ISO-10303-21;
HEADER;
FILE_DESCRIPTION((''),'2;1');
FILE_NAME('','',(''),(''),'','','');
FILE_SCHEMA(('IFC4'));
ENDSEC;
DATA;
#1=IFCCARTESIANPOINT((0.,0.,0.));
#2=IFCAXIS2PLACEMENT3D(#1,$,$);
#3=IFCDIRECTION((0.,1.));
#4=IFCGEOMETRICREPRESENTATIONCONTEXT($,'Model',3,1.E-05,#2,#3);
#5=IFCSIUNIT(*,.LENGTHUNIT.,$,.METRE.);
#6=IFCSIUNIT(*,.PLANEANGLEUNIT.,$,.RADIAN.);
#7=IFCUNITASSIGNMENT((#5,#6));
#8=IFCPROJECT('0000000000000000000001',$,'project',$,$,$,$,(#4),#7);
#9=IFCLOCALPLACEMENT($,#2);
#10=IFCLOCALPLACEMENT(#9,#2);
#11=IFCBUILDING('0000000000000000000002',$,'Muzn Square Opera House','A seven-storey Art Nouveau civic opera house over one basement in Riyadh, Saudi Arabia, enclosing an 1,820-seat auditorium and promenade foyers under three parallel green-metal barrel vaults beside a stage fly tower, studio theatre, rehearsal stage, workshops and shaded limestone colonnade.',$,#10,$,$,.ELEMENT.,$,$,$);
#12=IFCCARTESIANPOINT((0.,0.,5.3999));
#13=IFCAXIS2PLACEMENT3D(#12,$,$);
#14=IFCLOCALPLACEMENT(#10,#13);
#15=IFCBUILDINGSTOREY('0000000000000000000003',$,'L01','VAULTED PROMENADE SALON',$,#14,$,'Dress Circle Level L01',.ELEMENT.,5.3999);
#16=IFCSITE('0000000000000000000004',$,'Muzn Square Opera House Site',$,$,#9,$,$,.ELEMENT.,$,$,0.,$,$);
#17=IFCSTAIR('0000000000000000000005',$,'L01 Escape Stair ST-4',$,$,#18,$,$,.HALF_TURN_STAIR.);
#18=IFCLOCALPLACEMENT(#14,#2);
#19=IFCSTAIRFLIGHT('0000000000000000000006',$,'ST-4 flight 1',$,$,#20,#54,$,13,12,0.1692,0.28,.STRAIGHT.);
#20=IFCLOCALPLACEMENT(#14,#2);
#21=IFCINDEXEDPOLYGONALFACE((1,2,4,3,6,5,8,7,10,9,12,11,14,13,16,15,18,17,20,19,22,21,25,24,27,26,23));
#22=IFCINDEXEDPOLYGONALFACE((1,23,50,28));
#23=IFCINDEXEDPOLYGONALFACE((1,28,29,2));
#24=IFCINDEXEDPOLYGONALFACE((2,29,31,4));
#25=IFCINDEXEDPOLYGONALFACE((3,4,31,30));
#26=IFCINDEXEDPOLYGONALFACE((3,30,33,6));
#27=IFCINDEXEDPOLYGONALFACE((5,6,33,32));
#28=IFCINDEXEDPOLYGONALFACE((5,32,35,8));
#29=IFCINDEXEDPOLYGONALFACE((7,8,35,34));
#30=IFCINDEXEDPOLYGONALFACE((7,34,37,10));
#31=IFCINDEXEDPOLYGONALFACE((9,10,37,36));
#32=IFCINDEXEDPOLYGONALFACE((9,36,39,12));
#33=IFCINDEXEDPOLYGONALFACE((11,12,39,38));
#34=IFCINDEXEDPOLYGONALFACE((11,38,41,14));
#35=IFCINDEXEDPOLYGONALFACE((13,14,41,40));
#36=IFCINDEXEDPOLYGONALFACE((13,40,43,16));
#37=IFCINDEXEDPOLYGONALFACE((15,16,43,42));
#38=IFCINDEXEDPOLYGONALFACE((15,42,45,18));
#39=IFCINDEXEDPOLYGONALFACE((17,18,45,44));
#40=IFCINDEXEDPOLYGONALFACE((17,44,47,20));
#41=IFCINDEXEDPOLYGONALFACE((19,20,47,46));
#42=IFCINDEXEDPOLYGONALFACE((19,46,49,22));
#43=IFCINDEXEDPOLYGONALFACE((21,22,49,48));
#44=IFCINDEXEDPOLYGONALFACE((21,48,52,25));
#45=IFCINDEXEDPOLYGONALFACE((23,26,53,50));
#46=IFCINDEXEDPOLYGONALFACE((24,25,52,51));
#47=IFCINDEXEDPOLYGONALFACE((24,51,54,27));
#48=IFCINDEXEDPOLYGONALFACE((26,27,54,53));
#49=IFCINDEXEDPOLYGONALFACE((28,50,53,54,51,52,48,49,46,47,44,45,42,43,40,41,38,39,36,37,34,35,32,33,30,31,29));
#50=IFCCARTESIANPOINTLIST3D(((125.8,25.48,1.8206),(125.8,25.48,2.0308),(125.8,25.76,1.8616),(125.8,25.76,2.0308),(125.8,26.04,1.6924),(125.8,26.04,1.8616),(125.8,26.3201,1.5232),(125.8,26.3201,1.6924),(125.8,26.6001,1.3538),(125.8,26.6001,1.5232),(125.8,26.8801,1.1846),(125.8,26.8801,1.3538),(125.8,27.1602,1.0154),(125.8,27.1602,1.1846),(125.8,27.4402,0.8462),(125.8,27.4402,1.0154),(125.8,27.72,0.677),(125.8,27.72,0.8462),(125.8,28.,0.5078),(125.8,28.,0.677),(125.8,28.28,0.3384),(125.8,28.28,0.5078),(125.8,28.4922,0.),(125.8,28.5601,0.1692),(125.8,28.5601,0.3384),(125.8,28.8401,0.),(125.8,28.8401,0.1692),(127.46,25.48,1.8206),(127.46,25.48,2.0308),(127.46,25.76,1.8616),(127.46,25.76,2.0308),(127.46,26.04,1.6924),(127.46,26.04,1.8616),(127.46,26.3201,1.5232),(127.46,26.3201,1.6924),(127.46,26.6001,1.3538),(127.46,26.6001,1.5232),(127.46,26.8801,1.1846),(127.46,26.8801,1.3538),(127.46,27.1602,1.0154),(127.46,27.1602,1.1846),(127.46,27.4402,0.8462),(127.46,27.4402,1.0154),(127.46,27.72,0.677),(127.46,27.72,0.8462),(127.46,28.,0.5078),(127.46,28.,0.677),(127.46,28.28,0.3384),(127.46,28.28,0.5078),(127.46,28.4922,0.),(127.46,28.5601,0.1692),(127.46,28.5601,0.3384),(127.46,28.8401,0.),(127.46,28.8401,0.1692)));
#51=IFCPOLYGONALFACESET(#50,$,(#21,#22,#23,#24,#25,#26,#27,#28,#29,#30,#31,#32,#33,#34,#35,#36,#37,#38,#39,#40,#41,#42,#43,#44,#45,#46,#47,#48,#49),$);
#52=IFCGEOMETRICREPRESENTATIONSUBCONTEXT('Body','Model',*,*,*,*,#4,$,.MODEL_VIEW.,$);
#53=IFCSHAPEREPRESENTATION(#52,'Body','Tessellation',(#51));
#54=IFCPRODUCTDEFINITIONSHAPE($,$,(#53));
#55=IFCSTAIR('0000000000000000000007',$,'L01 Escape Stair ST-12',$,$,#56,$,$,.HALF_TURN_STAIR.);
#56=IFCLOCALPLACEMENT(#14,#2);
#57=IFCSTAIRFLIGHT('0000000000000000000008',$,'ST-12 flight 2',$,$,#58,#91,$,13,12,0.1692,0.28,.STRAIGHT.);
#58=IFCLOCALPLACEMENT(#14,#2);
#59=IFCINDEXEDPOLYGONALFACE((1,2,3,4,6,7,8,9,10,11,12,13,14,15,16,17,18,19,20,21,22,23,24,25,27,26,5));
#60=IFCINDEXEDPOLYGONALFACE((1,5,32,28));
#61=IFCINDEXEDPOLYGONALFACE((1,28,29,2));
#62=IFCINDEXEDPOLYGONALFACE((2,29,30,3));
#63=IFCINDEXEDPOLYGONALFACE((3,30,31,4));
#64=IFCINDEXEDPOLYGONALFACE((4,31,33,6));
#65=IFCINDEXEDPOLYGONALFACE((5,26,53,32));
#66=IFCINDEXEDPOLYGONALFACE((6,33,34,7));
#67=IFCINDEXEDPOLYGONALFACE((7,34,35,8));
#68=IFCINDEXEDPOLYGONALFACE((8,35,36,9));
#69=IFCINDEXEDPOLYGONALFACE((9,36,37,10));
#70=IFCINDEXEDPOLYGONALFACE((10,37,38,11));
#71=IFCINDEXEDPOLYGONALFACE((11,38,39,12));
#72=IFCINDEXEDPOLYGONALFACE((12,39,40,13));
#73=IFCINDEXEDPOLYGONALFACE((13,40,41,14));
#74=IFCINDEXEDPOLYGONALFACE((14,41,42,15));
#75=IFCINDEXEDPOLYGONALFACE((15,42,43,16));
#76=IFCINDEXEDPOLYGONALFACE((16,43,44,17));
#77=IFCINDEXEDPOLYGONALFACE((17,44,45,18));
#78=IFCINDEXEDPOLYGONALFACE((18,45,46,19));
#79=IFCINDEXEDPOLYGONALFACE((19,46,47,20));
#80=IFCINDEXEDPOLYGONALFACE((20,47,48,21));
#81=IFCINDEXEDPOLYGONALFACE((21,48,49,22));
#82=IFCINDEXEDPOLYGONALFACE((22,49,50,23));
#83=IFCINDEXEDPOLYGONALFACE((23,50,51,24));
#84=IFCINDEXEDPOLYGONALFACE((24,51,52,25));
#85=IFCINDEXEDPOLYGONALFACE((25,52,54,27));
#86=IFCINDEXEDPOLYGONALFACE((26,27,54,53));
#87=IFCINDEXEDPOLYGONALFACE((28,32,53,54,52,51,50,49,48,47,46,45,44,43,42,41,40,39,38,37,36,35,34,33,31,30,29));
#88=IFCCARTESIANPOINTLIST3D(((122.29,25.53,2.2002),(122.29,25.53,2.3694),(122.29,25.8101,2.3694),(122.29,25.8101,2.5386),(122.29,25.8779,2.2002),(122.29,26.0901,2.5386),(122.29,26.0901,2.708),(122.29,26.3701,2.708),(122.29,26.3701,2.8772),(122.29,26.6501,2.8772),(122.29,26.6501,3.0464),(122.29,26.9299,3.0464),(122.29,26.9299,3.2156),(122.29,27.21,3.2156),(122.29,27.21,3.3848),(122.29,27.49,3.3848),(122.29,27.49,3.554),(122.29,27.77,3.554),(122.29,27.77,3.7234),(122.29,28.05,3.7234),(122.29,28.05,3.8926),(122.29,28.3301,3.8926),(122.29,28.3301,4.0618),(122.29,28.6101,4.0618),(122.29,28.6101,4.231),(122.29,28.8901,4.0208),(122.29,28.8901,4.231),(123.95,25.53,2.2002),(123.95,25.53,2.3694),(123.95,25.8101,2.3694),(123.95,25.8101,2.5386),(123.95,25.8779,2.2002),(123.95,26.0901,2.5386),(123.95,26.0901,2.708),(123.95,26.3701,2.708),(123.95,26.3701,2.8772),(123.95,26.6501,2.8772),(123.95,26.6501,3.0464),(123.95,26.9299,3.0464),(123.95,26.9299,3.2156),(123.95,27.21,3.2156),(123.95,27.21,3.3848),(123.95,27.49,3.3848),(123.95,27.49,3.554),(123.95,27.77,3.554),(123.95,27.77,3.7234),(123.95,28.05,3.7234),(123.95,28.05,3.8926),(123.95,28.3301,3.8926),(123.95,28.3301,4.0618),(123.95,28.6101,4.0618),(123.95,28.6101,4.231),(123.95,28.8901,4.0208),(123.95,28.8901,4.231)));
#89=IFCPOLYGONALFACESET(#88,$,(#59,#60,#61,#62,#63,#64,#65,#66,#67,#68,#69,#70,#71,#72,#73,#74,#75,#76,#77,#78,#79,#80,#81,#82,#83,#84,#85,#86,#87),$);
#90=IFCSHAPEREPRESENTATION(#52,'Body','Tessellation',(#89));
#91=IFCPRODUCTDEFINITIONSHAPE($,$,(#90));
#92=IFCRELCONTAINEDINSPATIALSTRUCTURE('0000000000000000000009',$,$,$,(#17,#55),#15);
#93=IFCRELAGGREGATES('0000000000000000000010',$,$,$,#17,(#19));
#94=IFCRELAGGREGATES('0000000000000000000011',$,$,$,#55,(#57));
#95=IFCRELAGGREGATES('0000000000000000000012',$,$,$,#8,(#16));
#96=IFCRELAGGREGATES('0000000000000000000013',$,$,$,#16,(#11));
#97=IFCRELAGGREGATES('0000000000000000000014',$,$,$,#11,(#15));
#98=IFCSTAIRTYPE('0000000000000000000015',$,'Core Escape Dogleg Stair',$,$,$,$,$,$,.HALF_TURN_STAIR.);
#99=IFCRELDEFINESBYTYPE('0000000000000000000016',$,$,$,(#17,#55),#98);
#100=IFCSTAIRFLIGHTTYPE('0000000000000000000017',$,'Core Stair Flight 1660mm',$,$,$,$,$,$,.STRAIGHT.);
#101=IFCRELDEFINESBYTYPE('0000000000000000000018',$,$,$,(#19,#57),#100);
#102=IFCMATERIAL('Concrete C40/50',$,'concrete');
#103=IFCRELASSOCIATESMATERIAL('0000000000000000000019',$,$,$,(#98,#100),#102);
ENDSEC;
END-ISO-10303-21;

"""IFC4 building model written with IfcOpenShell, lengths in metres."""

from ifc_helpers import new_model, si_unit, direction, frame, origin, place, context, subcontext, project, spatial, polyline, outline, extrude, material, type_object, element, aggregate, save


model = new_model("IFC4")

# Units and contexts
model_context = context("Model", 3, precision=1e-05, world=origin(), true_north=direction((0.0, 1.0)))
body_context = subcontext(model_context, "Body", "Model", "MODEL_VIEW")
ifc_project = project(units=[si_unit("LENGTHUNIT", "METRE"), si_unit("PLANEANGLEUNIT", "RADIAN")], contexts=[model_context])

# Site, building, storey
site_placement = place(None, origin())
site = spatial("IfcSite", under=ifc_project, at=site_placement, Name="Muzn Square Opera House Site", CompositionType="ELEMENT", RefElevation=0.0)
building_placement = place(site_placement, origin())
building = spatial("IfcBuilding", under=site, at=building_placement, Name="Muzn Square Opera House", Description="A seven-storey Art Nouveau civic opera house over one basement in Riyadh, Saudi Arabia, enclosing an 1,820-seat auditorium and promenade foyers under three parallel green-metal barrel vaults beside a stage fly tower, studio theatre, rehearsal stage, workshops and shaded limestone colonnade.", CompositionType="ELEMENT")
storey_placement = place(building_placement, frame((0.0, 0.0, 5.3999)))
storey = spatial("IfcBuildingStorey", under=building, at=storey_placement, Name="L01", Description="VAULTED PROMENADE SALON", LongName="Dress Circle Level L01", CompositionType="ELEMENT", Elevation=5.3999)

# Shared definitions
ifc_material_1 = material(Name="Concrete C40/50", Category="concrete")

# Stairs, stair flights
stair_type = type_object("IfcStairType", Name="Core Escape Dogleg Stair", PredefinedType="HALF_TURN_STAIR", material=ifc_material_1)
stair_1_placement = place(storey_placement, origin())
stair_1 = element("IfcStair", 1, at=stair_1_placement, inside=storey, type_object=stair_type, Name="L01 Escape Stair ST-4", PredefinedType="HALF_TURN_STAIR")
stair_flight_type = type_object("IfcStairFlightType", Name="Core Stair Flight 1660mm", PredefinedType="STRAIGHT", material=ifc_material_1)
stair_flight_1_placement = place(storey_placement, frame((126.6299, 28.8401, 0.0), z_axis=(0.0, 0.0, 1.0), x_axis=(0.0, -1.0, 0.0)))
stair_flight_1 = element("IfcStairFlight", 2, at=stair_flight_1_placement, type_object=stair_flight_type, Name="ST-4 flight 1", NumberOfRisers=13, NumberOfTreads=12, PredefinedType="STRAIGHT", RiserHeight=0.1692, TreadLength=0.28, context=body_context, shape_type="SweptSolid", body=[
    extrude(outline(polyline([(0.0, 0.0), (0.0, 0.1692), (0.28, 0.1692), (0.28, 0.3384), (0.5601, 0.3384), (0.5601, 0.5078), (0.8401, 0.5078), (0.8401, 0.677), (1.1201, 0.677), (1.1201, 0.8462), (1.3999, 0.8462), (1.3999, 1.0154), (1.6799, 1.0154), (1.6799, 1.1846), (1.96, 1.1846), (1.96, 1.3538), (2.24, 1.3538), (2.24, 1.5232), (2.52, 1.5232), (2.52, 1.6924), (2.8, 1.6924), (2.8, 1.8616), (3.0801, 1.8616), (3.0801, 2.0308), (3.3601, 2.0308), (3.3601, 2.2), (3.3601, 1.8206), (0.3479, 0.0), (0.0, 0.0)])), frame((0.0, 0.8301, 0.0), z_axis=(0.0, -1.0, 0.0), x_axis=(1.0, 0.0, 0.0)), (0.0, 0.0, 1.0), 1.6599),
])
aggregate(stair_1, [stair_flight_1])
stair_2_placement = place(storey_placement, origin())
stair_2 = element("IfcStair", 3, at=stair_2_placement, inside=storey, type_object=stair_type, Name="L01 Escape Stair ST-12", PredefinedType="HALF_TURN_STAIR")
stair_flight_2_placement = place(storey_placement, frame((123.1201, 25.53, 2.2002), z_axis=(0.0, 0.0, 1.0), x_axis=(0.0, 1.0, 0.0)))
stair_flight_2 = element("IfcStairFlight", 4, at=stair_flight_2_placement, type_object=stair_flight_type, Name="ST-12 flight 2", NumberOfRisers=13, NumberOfTreads=12, PredefinedType="STRAIGHT", RiserHeight=0.1692, TreadLength=0.28, context=body_context, shape_type="SweptSolid", body=[
    extrude(outline(polyline([(0.0, 0.0), (0.0, 0.1692), (0.28, 0.1692), (0.28, 0.3384), (0.5601, 0.3384), (0.5601, 0.5078), (0.8401, 0.5078), (0.8401, 0.677), (1.1201, 0.677), (1.1201, 0.8462), (1.3999, 0.8462), (1.3999, 1.0154), (1.6799, 1.0154), (1.6799, 1.1846), (1.96, 1.1846), (1.96, 1.3538), (2.24, 1.3538), (2.24, 1.5232), (2.52, 1.5232), (2.52, 1.6924), (2.8, 1.6924), (2.8, 1.8616), (3.0801, 1.8616), (3.0801, 2.0308), (3.3601, 2.0308), (3.3601, 2.2), (3.3601, 1.8206), (0.3479, 0.0), (0.0, 0.0)])), frame((0.0, 0.8301, 0.0), z_axis=(0.0, -1.0, 0.0), x_axis=(1.0, 0.0, 0.0)), (0.0, 0.0, 1.0), 1.6599),
])
aggregate(stair_2, [stair_flight_2])

save(model, "model.ifc")
